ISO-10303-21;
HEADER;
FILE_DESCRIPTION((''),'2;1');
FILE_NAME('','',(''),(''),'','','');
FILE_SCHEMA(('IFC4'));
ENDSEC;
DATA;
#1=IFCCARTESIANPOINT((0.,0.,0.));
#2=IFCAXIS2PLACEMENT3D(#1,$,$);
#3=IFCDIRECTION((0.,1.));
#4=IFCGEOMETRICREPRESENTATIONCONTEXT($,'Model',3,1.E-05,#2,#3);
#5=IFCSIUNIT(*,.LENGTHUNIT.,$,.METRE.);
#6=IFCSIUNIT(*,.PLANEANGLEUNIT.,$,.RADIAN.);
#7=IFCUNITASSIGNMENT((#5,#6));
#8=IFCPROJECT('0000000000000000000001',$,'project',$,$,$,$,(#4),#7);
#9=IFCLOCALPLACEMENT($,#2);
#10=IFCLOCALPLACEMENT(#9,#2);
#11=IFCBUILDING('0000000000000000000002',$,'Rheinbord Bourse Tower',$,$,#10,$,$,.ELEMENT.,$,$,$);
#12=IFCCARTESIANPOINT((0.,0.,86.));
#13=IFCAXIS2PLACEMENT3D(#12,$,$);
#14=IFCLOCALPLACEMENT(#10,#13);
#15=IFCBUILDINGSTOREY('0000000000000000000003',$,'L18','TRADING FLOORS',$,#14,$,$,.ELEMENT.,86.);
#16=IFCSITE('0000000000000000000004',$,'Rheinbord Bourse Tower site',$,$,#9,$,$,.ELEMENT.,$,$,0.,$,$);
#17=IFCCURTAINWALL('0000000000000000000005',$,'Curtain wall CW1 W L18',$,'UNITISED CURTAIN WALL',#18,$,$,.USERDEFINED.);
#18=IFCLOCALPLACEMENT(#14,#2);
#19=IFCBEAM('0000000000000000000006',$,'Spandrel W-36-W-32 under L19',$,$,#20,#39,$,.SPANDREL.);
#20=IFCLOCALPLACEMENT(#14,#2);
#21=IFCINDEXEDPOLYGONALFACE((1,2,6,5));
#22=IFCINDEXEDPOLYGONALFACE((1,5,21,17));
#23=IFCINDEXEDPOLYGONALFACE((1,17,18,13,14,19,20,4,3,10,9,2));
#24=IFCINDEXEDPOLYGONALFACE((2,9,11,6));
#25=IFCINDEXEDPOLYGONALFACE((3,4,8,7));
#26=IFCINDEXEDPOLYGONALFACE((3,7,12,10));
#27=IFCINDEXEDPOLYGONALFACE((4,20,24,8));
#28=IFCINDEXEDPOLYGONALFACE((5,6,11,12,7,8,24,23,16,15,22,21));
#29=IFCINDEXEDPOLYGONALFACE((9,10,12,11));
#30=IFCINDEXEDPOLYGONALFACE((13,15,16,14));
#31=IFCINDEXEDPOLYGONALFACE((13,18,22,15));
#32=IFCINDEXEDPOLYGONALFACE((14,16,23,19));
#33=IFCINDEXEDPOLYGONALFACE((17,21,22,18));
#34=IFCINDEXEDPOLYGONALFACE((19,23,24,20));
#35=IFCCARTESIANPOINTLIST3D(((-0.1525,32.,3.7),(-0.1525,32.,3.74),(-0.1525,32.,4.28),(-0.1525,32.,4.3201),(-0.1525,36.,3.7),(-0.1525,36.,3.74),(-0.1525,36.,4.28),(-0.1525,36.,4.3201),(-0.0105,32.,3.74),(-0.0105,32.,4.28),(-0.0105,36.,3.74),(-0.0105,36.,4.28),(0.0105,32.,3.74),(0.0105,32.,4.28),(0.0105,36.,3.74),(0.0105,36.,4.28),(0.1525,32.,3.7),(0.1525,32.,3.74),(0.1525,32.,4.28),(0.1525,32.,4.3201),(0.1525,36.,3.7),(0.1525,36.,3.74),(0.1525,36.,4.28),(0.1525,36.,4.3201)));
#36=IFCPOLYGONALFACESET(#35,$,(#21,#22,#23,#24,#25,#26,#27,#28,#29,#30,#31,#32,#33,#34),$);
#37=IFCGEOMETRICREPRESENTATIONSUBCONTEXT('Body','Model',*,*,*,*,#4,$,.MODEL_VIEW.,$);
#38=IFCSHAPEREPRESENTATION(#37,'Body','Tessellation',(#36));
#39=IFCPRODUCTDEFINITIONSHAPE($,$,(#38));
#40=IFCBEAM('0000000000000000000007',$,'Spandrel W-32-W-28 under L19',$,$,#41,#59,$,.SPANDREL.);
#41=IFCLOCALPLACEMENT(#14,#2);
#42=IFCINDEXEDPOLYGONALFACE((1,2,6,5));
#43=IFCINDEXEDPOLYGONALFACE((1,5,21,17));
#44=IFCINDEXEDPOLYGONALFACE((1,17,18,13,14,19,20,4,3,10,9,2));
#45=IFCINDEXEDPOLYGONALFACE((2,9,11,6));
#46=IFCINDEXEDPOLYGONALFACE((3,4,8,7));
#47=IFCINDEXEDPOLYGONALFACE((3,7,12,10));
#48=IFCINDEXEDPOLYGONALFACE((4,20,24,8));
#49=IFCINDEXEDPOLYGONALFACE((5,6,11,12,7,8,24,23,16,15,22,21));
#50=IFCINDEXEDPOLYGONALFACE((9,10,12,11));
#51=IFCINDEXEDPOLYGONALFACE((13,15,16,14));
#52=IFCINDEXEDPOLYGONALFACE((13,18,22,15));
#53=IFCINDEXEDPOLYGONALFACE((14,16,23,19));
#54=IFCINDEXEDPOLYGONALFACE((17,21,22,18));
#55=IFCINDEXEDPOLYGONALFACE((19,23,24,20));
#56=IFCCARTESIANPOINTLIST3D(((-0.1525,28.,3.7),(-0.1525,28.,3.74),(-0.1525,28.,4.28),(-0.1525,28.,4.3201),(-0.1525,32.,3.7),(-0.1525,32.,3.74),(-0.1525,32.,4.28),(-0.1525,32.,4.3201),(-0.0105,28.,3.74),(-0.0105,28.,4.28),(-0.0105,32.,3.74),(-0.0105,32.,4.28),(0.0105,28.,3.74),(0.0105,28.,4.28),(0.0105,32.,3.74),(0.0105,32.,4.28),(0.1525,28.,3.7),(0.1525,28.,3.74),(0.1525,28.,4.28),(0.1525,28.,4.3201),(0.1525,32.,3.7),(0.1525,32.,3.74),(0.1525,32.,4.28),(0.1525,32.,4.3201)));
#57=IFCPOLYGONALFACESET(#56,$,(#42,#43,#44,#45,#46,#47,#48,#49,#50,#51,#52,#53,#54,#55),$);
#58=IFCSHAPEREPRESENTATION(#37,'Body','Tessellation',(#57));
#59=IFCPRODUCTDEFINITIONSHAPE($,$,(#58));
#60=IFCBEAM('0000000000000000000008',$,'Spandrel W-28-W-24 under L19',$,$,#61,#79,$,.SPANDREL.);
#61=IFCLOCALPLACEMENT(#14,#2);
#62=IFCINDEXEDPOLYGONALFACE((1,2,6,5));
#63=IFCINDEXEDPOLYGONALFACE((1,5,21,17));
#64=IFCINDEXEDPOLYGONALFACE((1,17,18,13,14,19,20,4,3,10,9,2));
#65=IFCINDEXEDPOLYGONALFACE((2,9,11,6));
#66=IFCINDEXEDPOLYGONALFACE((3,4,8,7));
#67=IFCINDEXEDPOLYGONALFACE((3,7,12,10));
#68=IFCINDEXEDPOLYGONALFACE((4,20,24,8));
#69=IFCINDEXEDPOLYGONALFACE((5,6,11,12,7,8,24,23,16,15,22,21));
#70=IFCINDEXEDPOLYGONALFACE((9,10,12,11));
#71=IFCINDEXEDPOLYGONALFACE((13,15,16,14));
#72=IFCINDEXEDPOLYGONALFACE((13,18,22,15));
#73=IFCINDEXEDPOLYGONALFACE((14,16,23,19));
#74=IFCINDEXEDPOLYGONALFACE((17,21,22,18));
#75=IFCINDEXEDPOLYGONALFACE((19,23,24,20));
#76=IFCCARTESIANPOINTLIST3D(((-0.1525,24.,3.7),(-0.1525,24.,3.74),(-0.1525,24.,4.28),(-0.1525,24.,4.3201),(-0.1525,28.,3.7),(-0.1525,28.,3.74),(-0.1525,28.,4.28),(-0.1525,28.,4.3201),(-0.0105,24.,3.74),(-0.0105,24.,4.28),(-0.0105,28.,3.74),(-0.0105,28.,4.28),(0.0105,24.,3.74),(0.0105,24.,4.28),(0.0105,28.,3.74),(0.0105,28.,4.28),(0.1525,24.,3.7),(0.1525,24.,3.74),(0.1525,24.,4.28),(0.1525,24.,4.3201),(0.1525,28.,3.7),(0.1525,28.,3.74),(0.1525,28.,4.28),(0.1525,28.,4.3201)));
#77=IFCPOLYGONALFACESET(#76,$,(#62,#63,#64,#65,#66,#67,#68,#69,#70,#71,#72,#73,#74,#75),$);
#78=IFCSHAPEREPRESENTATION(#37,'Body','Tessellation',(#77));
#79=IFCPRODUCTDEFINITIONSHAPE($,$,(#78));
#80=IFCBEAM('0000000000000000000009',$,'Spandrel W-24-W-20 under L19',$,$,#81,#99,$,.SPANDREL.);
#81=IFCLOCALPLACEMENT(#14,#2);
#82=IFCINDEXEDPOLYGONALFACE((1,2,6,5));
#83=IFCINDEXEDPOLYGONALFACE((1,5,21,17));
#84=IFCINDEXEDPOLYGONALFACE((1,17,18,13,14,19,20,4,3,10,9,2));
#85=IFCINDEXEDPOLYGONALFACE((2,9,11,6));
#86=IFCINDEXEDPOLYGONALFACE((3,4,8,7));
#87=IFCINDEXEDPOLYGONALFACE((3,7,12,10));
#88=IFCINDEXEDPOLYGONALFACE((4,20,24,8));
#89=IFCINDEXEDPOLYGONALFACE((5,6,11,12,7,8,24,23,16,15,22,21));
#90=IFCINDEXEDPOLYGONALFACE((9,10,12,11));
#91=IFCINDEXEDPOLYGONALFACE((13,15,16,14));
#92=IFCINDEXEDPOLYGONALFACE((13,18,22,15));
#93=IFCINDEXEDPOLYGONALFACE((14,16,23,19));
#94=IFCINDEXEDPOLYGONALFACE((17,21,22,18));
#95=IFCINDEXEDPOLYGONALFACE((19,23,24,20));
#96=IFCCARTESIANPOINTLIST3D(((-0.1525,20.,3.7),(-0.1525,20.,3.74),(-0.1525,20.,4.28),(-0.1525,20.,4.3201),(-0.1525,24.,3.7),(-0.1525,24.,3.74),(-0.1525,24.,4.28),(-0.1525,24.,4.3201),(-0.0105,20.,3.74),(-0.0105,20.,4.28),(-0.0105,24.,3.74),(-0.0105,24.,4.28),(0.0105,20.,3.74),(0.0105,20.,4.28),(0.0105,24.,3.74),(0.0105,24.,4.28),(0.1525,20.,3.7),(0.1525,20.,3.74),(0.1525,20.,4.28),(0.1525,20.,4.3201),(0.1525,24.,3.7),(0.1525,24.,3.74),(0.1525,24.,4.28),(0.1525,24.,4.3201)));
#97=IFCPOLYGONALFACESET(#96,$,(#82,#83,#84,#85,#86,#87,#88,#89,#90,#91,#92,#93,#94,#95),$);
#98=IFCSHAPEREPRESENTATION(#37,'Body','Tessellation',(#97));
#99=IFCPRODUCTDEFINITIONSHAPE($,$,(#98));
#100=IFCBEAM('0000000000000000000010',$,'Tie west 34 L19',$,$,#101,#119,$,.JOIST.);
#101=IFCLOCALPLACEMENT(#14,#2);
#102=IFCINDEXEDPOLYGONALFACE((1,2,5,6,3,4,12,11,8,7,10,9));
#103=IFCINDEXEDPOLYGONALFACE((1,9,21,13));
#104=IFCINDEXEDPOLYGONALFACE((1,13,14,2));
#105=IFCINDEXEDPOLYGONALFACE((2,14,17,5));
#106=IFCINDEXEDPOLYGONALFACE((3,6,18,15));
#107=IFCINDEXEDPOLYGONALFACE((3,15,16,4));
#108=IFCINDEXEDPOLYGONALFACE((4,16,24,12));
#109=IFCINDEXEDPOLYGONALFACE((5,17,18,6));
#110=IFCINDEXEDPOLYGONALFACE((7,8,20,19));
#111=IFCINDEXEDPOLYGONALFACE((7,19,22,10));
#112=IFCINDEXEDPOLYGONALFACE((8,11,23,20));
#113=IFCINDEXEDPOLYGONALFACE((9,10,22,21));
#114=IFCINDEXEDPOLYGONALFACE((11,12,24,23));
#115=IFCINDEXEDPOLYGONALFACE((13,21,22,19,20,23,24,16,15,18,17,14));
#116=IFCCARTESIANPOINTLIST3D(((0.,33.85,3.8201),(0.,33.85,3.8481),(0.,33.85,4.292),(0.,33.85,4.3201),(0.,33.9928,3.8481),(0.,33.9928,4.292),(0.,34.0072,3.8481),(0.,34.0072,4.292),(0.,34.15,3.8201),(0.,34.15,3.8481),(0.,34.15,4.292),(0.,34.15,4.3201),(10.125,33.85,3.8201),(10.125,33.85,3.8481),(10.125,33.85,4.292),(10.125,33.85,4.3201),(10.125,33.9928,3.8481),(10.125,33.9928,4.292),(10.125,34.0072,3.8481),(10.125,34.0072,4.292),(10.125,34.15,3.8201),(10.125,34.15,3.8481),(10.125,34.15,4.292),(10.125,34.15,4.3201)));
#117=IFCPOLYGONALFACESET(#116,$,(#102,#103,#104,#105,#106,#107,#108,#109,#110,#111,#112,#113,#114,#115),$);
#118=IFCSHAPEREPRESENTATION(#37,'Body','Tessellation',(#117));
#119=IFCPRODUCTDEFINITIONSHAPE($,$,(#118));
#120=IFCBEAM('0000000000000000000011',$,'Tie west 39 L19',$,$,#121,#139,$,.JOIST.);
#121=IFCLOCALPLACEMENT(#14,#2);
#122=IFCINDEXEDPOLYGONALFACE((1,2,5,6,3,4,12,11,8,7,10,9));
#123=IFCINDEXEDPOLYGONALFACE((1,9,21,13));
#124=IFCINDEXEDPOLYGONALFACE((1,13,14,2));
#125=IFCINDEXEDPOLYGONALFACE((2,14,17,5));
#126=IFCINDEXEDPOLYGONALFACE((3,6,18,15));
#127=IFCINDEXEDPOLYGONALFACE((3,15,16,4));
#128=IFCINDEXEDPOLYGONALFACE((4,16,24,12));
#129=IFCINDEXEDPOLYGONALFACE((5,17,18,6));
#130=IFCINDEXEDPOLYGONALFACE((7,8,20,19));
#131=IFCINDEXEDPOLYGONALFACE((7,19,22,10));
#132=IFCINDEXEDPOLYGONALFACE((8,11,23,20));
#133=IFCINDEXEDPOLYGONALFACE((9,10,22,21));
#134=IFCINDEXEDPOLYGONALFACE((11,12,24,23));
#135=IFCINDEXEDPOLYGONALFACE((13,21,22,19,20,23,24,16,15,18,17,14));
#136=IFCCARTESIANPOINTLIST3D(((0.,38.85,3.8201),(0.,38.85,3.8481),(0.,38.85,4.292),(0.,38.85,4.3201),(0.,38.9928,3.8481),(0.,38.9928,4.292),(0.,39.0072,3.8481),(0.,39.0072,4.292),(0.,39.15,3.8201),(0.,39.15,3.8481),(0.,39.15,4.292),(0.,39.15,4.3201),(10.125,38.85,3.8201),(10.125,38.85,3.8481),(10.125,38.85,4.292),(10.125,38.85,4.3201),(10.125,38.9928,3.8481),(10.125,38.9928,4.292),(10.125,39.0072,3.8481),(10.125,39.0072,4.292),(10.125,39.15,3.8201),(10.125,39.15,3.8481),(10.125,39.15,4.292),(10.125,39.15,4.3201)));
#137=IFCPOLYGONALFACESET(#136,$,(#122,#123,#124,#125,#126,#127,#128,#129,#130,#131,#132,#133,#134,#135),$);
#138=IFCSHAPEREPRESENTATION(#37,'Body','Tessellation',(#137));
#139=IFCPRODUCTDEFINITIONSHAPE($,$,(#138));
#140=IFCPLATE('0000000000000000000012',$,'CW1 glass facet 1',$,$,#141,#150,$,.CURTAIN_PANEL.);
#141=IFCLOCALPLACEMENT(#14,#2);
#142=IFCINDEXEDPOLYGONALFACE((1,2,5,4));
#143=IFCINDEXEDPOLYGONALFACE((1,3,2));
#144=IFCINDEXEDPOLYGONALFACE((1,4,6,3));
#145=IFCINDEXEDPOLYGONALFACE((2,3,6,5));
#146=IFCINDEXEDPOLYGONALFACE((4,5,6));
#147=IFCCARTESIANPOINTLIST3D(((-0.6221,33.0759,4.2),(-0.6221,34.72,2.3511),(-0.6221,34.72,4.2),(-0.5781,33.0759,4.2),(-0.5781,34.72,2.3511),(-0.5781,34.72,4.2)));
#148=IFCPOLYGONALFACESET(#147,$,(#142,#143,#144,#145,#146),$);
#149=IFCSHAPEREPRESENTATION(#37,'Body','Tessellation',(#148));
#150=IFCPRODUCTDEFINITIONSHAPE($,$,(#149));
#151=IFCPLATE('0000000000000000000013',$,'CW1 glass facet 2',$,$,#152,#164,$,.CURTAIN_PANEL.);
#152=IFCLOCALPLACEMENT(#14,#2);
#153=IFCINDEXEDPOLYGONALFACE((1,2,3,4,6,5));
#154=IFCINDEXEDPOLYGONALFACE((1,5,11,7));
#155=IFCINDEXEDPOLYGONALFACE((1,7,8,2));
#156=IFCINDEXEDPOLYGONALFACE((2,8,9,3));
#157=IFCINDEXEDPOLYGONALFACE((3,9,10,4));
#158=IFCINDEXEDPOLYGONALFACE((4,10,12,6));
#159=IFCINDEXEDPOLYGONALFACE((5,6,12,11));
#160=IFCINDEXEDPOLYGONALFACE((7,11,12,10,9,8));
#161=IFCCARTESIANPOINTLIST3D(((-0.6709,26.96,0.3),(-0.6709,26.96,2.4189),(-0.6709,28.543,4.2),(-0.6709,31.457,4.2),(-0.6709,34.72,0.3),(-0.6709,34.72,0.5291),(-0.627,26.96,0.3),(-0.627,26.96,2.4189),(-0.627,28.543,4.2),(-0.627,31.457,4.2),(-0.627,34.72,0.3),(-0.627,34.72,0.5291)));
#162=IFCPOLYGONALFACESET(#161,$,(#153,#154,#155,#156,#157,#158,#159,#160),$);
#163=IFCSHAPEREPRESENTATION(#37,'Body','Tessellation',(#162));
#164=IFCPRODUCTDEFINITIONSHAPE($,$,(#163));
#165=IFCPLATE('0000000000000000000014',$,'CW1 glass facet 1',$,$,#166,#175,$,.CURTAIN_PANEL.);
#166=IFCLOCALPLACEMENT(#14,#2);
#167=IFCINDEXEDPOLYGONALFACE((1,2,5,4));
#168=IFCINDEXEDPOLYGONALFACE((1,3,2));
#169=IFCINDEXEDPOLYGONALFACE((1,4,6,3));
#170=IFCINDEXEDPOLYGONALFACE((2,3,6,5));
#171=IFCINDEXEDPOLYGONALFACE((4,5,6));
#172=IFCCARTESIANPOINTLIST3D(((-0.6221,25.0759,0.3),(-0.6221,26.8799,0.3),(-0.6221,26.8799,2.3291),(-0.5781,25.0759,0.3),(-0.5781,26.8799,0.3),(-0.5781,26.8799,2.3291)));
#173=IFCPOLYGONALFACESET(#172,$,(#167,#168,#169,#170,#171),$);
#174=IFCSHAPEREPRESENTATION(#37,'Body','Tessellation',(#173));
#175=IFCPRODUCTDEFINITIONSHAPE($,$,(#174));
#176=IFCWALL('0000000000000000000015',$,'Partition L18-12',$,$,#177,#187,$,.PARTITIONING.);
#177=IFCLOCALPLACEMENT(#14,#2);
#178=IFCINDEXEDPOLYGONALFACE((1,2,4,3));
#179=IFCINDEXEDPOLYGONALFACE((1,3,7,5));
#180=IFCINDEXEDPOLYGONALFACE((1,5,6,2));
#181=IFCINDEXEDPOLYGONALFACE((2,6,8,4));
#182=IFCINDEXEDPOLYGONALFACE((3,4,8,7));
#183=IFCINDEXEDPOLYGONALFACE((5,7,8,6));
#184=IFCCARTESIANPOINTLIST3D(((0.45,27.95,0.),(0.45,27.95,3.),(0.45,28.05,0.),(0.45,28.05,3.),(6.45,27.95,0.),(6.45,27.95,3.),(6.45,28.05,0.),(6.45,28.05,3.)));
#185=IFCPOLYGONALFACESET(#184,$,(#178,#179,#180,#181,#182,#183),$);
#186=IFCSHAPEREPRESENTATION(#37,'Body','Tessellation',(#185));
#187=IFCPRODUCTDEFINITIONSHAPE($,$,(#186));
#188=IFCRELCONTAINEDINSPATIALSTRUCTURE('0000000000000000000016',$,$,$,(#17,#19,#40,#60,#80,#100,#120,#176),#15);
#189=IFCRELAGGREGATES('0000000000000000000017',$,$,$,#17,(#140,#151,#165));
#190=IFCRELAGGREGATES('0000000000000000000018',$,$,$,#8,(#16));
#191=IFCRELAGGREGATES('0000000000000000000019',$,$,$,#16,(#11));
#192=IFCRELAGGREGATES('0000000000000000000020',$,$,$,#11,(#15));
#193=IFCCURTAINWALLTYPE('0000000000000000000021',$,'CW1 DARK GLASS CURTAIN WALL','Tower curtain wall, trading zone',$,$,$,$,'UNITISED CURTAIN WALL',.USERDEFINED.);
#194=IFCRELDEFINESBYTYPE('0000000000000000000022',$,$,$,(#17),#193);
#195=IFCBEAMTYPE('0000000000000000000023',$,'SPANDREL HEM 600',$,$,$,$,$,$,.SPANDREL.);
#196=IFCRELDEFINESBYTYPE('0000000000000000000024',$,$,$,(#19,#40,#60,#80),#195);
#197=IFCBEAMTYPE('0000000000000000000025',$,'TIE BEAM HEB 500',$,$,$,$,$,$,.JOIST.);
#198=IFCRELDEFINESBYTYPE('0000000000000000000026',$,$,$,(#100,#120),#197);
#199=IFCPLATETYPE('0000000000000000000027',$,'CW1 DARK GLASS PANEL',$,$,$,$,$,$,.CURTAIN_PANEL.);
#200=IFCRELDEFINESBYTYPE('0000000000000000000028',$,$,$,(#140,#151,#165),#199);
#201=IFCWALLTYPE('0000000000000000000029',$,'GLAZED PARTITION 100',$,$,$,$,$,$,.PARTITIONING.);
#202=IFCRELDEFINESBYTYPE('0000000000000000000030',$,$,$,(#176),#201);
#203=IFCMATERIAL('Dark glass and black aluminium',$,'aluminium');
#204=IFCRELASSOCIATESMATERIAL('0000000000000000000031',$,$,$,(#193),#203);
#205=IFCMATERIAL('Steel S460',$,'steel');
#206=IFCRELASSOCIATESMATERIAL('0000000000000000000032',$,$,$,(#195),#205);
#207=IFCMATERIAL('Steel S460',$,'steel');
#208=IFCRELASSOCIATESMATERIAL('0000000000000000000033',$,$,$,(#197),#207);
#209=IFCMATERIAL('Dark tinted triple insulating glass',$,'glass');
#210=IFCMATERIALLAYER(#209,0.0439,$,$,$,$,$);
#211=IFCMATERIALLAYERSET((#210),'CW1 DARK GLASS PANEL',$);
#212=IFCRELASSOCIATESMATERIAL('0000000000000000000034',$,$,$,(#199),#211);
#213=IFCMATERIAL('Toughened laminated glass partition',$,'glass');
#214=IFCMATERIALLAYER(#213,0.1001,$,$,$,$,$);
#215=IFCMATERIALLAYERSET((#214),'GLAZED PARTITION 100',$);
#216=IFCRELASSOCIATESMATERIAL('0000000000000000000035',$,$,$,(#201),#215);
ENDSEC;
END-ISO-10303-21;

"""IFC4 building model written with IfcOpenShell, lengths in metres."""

from ifc_helpers import new_model, si_unit, direction, frame, frame_2d, origin, origin_2d, place, context, subcontext, project, spatial, polyline, rectangle, i_section, outline, extrude, material, layer, layer_set, material_profile, profile_set, type_object, element, aggregate, save


model = new_model("IFC4")

# Units and contexts
model_context = context("Model", 3, precision=1e-05, world=origin(), true_north=direction((0.0, 1.0)))
body_context = subcontext(model_context, "Body", "Model", "MODEL_VIEW")
ifc_project = project(units=[si_unit("LENGTHUNIT", "METRE"), si_unit("PLANEANGLEUNIT", "RADIAN")], contexts=[model_context])

# Site, building, storey
site_placement = place(None, origin())
site = spatial("IfcSite", under=ifc_project, at=site_placement, Name="Rheinbord Bourse Tower site", CompositionType="ELEMENT", RefElevation=0.0)
building_placement = place(site_placement, origin())
building = spatial("IfcBuilding", under=site, at=building_placement, Name="Rheinbord Bourse Tower", CompositionType="ELEMENT")
storey_placement = place(building_placement, frame((0.0, 0.0, 86.0)))
storey = spatial("IfcBuildingStorey", under=building, at=storey_placement, Name="L18", Description="TRADING FLOORS", CompositionType="ELEMENT", Elevation=86.0)

# Curtain wall
ifc_material_1 = material(Name="Dark glass and black aluminium", Category="aluminium")
curtain_wall_type = type_object("IfcCurtainWallType", Name="CW1 DARK GLASS CURTAIN WALL", Description="Tower curtain wall, trading zone", ElementType="UNITISED CURTAIN WALL", PredefinedType="USERDEFINED", material=ifc_material_1)
curtain_wall_placement = place(storey_placement, origin())
curtain_wall = element("IfcCurtainWall", 1, at=curtain_wall_placement, inside=storey, type_object=curtain_wall_type, Name="Curtain wall CW1 W L18", ObjectType="UNITISED CURTAIN WALL", PredefinedType="USERDEFINED")

# Beams
ifc_material_2 = material(Name="Steel S460", Category="steel")
ifc_material_profile_1 = material_profile(ifc_material_2, i_section(OverallWidth=0.3049, OverallDepth=0.6201, WebThickness=0.021, FlangeThickness=0.04, at=origin_2d()), Name="HEM 600")
ifc_profile_set_1 = profile_set([ifc_material_profile_1], Name="Steel S460")
beam_type_1 = type_object("IfcBeamType", Name="SPANDREL HEM 600", PredefinedType="SPANDREL", material=ifc_profile_set_1)
for number, where, z_axis, x_axis, name in (
    (2, (0.0, 36.0, 4.01), (0.0, -1.0, 0.0), (1.0, 0.0, 0.0), "Spandrel W-36-W-32 under L19"),
    (3, (0.0, 32.0, 4.01), (0.0, -1.0, 0.0), (1.0, 0.0, 0.0), "Spandrel W-32-W-28 under L19"),
    (4, (0.0, 28.0, 4.01), (0.0, -1.0, 0.0), (1.0, 0.0, 0.0), "Spandrel W-28-W-24 under L19"),
    (5, (0.0, 24.0, 4.01), (0.0, -1.0, 0.0), (1.0, 0.0, 0.0), "Spandrel W-24-W-20 under L19"),
):
    element("IfcBeam", number, at=place(storey_placement, frame(where, z_axis=z_axis, x_axis=x_axis)), inside=storey, type_object=beam_type_1, Name=name, PredefinedType="SPANDREL", context=body_context, shape_type="SweptSolid", body=[
        extrude(i_section(OverallWidth=0.3049, OverallDepth=0.6201, WebThickness=0.021, FlangeThickness=0.04, at=origin_2d()), origin(), (0.0, 0.0, 1.0), 4.0),
    ])
ifc_material_3 = material(Name="Steel S460", Category="steel")
ifc_material_profile_2 = material_profile(ifc_material_3, i_section(OverallWidth=0.3, OverallDepth=0.5, WebThickness=0.0144, FlangeThickness=0.0281, at=origin_2d()), Name="HEB 500")
ifc_profile_set_2 = profile_set([ifc_material_profile_2], Name="Steel S460")
beam_type_2 = type_object("IfcBeamType", Name="TIE BEAM HEB 500", PredefinedType="JOIST", material=ifc_profile_set_2)
for number, where, z_axis, x_axis, name in (
    (6, (0.0, 34.0, 4.0701), (1.0, 0.0, 0.0), (0.0, 1.0, 0.0), "Tie west 34 L19"),
    (7, (0.0, 39.0, 4.0701), (1.0, 0.0, 0.0), (0.0, 1.0, 0.0), "Tie west 39 L19"),
):
    element("IfcBeam", number, at=place(storey_placement, frame(where, z_axis=z_axis, x_axis=x_axis)), inside=storey, type_object=beam_type_2, Name=name, PredefinedType="JOIST", context=body_context, shape_type="SweptSolid", body=[
        extrude(i_section(OverallWidth=0.3, OverallDepth=0.5, WebThickness=0.0144, FlangeThickness=0.0281, at=origin_2d()), origin(), (0.0, 0.0, 1.0), 10.125),
    ])

# Plates
ifc_material_4 = material(Name="Dark tinted triple insulating glass", Category="glass")
ifc_layer_1 = layer(ifc_material_4, 0.0439)
ifc_layer_set_1 = layer_set([ifc_layer_1], Name="CW1 DARK GLASS PANEL")
plate_type = type_object("IfcPlateType", Name="CW1 DARK GLASS PANEL", PredefinedType="CURTAIN_PANEL", material=ifc_layer_set_1)
plate_1_placement = place(storey_placement, frame((-0.6221, 34.72, 4.2), z_axis=(1.0, 0.0, 0.0), x_axis=(0.0, -1.0, 0.0)))
plate_1 = element("IfcPlate", 8, at=plate_1_placement, type_object=plate_type, Name="CW1 glass facet 1", PredefinedType="CURTAIN_PANEL", context=body_context, shape_type="SweptSolid", body=[
    extrude(outline(polyline([(0.0, 0.0), (1.644, 0.0), (0.0, 1.8489), (0.0, 0.0)])), origin(), (0.0, 0.0, 1.0), 0.0439),
])
plate_2_placement = place(storey_placement, frame((-0.6709, 26.96, 0.3), z_axis=(1.0, 0.0, 0.0), x_axis=(0.0, 1.0, 0.0)))
plate_2 = element("IfcPlate", 9, at=plate_2_placement, type_object=plate_type, Name="CW1 glass facet 2", PredefinedType="CURTAIN_PANEL", context=body_context, shape_type="SweptSolid", body=[
    extrude(outline(polyline([(0.0, 0.0), (7.76, 0.0), (7.76, 0.229), (4.4971, 3.8999), (1.583, 3.8999), (0.0, 2.1189), (0.0, 0.0)])), origin(), (0.0, 0.0, 1.0), 0.0439),
])
plate_3_placement = place(storey_placement, frame((-0.6221, 26.8799, 0.3), z_axis=(1.0, 0.0, 0.0), x_axis=(0.0, 0.0, 1.0)))
plate_3 = element("IfcPlate", 10, at=plate_3_placement, type_object=plate_type, Name="CW1 glass facet 1", PredefinedType="CURTAIN_PANEL", context=body_context, shape_type="SweptSolid", body=[
    extrude(outline(polyline([(0.0, 0.0), (2.0291, 0.0), (0.0, 1.804), (0.0, 0.0)])), origin(), (0.0, 0.0, 1.0), 0.0439),
])
aggregate(curtain_wall, [plate_1, plate_2, plate_3])

# Wall
ifc_material_5 = material(Name="Toughened laminated glass partition", Category="glass")
ifc_layer_2 = layer(ifc_material_5, 0.1001)
ifc_layer_set_2 = layer_set([ifc_layer_2], Name="GLAZED PARTITION 100")
wall_type_1 = type_object("IfcWallType", Name="GLAZED PARTITION 100", PredefinedType="PARTITIONING", material=ifc_layer_set_2)
wall_1_placement = place(storey_placement, frame((0.45, 28.0, 0.0), z_axis=(0.0, 0.0, 1.0), x_axis=(1.0, 0.0, 0.0)))
element("IfcWall", 11, at=wall_1_placement, inside=storey, type_object=wall_type_1, Name="Partition L18-12", PredefinedType="PARTITIONING", context=body_context, shape_type="SweptSolid", body=[
    extrude(rectangle(XDim=6.0, YDim=0.1001, at=frame_2d((3.0, 0.0))), origin(), (0.0, 0.0, 1.0), 3.0),
])

save(model, "model.ifc")
